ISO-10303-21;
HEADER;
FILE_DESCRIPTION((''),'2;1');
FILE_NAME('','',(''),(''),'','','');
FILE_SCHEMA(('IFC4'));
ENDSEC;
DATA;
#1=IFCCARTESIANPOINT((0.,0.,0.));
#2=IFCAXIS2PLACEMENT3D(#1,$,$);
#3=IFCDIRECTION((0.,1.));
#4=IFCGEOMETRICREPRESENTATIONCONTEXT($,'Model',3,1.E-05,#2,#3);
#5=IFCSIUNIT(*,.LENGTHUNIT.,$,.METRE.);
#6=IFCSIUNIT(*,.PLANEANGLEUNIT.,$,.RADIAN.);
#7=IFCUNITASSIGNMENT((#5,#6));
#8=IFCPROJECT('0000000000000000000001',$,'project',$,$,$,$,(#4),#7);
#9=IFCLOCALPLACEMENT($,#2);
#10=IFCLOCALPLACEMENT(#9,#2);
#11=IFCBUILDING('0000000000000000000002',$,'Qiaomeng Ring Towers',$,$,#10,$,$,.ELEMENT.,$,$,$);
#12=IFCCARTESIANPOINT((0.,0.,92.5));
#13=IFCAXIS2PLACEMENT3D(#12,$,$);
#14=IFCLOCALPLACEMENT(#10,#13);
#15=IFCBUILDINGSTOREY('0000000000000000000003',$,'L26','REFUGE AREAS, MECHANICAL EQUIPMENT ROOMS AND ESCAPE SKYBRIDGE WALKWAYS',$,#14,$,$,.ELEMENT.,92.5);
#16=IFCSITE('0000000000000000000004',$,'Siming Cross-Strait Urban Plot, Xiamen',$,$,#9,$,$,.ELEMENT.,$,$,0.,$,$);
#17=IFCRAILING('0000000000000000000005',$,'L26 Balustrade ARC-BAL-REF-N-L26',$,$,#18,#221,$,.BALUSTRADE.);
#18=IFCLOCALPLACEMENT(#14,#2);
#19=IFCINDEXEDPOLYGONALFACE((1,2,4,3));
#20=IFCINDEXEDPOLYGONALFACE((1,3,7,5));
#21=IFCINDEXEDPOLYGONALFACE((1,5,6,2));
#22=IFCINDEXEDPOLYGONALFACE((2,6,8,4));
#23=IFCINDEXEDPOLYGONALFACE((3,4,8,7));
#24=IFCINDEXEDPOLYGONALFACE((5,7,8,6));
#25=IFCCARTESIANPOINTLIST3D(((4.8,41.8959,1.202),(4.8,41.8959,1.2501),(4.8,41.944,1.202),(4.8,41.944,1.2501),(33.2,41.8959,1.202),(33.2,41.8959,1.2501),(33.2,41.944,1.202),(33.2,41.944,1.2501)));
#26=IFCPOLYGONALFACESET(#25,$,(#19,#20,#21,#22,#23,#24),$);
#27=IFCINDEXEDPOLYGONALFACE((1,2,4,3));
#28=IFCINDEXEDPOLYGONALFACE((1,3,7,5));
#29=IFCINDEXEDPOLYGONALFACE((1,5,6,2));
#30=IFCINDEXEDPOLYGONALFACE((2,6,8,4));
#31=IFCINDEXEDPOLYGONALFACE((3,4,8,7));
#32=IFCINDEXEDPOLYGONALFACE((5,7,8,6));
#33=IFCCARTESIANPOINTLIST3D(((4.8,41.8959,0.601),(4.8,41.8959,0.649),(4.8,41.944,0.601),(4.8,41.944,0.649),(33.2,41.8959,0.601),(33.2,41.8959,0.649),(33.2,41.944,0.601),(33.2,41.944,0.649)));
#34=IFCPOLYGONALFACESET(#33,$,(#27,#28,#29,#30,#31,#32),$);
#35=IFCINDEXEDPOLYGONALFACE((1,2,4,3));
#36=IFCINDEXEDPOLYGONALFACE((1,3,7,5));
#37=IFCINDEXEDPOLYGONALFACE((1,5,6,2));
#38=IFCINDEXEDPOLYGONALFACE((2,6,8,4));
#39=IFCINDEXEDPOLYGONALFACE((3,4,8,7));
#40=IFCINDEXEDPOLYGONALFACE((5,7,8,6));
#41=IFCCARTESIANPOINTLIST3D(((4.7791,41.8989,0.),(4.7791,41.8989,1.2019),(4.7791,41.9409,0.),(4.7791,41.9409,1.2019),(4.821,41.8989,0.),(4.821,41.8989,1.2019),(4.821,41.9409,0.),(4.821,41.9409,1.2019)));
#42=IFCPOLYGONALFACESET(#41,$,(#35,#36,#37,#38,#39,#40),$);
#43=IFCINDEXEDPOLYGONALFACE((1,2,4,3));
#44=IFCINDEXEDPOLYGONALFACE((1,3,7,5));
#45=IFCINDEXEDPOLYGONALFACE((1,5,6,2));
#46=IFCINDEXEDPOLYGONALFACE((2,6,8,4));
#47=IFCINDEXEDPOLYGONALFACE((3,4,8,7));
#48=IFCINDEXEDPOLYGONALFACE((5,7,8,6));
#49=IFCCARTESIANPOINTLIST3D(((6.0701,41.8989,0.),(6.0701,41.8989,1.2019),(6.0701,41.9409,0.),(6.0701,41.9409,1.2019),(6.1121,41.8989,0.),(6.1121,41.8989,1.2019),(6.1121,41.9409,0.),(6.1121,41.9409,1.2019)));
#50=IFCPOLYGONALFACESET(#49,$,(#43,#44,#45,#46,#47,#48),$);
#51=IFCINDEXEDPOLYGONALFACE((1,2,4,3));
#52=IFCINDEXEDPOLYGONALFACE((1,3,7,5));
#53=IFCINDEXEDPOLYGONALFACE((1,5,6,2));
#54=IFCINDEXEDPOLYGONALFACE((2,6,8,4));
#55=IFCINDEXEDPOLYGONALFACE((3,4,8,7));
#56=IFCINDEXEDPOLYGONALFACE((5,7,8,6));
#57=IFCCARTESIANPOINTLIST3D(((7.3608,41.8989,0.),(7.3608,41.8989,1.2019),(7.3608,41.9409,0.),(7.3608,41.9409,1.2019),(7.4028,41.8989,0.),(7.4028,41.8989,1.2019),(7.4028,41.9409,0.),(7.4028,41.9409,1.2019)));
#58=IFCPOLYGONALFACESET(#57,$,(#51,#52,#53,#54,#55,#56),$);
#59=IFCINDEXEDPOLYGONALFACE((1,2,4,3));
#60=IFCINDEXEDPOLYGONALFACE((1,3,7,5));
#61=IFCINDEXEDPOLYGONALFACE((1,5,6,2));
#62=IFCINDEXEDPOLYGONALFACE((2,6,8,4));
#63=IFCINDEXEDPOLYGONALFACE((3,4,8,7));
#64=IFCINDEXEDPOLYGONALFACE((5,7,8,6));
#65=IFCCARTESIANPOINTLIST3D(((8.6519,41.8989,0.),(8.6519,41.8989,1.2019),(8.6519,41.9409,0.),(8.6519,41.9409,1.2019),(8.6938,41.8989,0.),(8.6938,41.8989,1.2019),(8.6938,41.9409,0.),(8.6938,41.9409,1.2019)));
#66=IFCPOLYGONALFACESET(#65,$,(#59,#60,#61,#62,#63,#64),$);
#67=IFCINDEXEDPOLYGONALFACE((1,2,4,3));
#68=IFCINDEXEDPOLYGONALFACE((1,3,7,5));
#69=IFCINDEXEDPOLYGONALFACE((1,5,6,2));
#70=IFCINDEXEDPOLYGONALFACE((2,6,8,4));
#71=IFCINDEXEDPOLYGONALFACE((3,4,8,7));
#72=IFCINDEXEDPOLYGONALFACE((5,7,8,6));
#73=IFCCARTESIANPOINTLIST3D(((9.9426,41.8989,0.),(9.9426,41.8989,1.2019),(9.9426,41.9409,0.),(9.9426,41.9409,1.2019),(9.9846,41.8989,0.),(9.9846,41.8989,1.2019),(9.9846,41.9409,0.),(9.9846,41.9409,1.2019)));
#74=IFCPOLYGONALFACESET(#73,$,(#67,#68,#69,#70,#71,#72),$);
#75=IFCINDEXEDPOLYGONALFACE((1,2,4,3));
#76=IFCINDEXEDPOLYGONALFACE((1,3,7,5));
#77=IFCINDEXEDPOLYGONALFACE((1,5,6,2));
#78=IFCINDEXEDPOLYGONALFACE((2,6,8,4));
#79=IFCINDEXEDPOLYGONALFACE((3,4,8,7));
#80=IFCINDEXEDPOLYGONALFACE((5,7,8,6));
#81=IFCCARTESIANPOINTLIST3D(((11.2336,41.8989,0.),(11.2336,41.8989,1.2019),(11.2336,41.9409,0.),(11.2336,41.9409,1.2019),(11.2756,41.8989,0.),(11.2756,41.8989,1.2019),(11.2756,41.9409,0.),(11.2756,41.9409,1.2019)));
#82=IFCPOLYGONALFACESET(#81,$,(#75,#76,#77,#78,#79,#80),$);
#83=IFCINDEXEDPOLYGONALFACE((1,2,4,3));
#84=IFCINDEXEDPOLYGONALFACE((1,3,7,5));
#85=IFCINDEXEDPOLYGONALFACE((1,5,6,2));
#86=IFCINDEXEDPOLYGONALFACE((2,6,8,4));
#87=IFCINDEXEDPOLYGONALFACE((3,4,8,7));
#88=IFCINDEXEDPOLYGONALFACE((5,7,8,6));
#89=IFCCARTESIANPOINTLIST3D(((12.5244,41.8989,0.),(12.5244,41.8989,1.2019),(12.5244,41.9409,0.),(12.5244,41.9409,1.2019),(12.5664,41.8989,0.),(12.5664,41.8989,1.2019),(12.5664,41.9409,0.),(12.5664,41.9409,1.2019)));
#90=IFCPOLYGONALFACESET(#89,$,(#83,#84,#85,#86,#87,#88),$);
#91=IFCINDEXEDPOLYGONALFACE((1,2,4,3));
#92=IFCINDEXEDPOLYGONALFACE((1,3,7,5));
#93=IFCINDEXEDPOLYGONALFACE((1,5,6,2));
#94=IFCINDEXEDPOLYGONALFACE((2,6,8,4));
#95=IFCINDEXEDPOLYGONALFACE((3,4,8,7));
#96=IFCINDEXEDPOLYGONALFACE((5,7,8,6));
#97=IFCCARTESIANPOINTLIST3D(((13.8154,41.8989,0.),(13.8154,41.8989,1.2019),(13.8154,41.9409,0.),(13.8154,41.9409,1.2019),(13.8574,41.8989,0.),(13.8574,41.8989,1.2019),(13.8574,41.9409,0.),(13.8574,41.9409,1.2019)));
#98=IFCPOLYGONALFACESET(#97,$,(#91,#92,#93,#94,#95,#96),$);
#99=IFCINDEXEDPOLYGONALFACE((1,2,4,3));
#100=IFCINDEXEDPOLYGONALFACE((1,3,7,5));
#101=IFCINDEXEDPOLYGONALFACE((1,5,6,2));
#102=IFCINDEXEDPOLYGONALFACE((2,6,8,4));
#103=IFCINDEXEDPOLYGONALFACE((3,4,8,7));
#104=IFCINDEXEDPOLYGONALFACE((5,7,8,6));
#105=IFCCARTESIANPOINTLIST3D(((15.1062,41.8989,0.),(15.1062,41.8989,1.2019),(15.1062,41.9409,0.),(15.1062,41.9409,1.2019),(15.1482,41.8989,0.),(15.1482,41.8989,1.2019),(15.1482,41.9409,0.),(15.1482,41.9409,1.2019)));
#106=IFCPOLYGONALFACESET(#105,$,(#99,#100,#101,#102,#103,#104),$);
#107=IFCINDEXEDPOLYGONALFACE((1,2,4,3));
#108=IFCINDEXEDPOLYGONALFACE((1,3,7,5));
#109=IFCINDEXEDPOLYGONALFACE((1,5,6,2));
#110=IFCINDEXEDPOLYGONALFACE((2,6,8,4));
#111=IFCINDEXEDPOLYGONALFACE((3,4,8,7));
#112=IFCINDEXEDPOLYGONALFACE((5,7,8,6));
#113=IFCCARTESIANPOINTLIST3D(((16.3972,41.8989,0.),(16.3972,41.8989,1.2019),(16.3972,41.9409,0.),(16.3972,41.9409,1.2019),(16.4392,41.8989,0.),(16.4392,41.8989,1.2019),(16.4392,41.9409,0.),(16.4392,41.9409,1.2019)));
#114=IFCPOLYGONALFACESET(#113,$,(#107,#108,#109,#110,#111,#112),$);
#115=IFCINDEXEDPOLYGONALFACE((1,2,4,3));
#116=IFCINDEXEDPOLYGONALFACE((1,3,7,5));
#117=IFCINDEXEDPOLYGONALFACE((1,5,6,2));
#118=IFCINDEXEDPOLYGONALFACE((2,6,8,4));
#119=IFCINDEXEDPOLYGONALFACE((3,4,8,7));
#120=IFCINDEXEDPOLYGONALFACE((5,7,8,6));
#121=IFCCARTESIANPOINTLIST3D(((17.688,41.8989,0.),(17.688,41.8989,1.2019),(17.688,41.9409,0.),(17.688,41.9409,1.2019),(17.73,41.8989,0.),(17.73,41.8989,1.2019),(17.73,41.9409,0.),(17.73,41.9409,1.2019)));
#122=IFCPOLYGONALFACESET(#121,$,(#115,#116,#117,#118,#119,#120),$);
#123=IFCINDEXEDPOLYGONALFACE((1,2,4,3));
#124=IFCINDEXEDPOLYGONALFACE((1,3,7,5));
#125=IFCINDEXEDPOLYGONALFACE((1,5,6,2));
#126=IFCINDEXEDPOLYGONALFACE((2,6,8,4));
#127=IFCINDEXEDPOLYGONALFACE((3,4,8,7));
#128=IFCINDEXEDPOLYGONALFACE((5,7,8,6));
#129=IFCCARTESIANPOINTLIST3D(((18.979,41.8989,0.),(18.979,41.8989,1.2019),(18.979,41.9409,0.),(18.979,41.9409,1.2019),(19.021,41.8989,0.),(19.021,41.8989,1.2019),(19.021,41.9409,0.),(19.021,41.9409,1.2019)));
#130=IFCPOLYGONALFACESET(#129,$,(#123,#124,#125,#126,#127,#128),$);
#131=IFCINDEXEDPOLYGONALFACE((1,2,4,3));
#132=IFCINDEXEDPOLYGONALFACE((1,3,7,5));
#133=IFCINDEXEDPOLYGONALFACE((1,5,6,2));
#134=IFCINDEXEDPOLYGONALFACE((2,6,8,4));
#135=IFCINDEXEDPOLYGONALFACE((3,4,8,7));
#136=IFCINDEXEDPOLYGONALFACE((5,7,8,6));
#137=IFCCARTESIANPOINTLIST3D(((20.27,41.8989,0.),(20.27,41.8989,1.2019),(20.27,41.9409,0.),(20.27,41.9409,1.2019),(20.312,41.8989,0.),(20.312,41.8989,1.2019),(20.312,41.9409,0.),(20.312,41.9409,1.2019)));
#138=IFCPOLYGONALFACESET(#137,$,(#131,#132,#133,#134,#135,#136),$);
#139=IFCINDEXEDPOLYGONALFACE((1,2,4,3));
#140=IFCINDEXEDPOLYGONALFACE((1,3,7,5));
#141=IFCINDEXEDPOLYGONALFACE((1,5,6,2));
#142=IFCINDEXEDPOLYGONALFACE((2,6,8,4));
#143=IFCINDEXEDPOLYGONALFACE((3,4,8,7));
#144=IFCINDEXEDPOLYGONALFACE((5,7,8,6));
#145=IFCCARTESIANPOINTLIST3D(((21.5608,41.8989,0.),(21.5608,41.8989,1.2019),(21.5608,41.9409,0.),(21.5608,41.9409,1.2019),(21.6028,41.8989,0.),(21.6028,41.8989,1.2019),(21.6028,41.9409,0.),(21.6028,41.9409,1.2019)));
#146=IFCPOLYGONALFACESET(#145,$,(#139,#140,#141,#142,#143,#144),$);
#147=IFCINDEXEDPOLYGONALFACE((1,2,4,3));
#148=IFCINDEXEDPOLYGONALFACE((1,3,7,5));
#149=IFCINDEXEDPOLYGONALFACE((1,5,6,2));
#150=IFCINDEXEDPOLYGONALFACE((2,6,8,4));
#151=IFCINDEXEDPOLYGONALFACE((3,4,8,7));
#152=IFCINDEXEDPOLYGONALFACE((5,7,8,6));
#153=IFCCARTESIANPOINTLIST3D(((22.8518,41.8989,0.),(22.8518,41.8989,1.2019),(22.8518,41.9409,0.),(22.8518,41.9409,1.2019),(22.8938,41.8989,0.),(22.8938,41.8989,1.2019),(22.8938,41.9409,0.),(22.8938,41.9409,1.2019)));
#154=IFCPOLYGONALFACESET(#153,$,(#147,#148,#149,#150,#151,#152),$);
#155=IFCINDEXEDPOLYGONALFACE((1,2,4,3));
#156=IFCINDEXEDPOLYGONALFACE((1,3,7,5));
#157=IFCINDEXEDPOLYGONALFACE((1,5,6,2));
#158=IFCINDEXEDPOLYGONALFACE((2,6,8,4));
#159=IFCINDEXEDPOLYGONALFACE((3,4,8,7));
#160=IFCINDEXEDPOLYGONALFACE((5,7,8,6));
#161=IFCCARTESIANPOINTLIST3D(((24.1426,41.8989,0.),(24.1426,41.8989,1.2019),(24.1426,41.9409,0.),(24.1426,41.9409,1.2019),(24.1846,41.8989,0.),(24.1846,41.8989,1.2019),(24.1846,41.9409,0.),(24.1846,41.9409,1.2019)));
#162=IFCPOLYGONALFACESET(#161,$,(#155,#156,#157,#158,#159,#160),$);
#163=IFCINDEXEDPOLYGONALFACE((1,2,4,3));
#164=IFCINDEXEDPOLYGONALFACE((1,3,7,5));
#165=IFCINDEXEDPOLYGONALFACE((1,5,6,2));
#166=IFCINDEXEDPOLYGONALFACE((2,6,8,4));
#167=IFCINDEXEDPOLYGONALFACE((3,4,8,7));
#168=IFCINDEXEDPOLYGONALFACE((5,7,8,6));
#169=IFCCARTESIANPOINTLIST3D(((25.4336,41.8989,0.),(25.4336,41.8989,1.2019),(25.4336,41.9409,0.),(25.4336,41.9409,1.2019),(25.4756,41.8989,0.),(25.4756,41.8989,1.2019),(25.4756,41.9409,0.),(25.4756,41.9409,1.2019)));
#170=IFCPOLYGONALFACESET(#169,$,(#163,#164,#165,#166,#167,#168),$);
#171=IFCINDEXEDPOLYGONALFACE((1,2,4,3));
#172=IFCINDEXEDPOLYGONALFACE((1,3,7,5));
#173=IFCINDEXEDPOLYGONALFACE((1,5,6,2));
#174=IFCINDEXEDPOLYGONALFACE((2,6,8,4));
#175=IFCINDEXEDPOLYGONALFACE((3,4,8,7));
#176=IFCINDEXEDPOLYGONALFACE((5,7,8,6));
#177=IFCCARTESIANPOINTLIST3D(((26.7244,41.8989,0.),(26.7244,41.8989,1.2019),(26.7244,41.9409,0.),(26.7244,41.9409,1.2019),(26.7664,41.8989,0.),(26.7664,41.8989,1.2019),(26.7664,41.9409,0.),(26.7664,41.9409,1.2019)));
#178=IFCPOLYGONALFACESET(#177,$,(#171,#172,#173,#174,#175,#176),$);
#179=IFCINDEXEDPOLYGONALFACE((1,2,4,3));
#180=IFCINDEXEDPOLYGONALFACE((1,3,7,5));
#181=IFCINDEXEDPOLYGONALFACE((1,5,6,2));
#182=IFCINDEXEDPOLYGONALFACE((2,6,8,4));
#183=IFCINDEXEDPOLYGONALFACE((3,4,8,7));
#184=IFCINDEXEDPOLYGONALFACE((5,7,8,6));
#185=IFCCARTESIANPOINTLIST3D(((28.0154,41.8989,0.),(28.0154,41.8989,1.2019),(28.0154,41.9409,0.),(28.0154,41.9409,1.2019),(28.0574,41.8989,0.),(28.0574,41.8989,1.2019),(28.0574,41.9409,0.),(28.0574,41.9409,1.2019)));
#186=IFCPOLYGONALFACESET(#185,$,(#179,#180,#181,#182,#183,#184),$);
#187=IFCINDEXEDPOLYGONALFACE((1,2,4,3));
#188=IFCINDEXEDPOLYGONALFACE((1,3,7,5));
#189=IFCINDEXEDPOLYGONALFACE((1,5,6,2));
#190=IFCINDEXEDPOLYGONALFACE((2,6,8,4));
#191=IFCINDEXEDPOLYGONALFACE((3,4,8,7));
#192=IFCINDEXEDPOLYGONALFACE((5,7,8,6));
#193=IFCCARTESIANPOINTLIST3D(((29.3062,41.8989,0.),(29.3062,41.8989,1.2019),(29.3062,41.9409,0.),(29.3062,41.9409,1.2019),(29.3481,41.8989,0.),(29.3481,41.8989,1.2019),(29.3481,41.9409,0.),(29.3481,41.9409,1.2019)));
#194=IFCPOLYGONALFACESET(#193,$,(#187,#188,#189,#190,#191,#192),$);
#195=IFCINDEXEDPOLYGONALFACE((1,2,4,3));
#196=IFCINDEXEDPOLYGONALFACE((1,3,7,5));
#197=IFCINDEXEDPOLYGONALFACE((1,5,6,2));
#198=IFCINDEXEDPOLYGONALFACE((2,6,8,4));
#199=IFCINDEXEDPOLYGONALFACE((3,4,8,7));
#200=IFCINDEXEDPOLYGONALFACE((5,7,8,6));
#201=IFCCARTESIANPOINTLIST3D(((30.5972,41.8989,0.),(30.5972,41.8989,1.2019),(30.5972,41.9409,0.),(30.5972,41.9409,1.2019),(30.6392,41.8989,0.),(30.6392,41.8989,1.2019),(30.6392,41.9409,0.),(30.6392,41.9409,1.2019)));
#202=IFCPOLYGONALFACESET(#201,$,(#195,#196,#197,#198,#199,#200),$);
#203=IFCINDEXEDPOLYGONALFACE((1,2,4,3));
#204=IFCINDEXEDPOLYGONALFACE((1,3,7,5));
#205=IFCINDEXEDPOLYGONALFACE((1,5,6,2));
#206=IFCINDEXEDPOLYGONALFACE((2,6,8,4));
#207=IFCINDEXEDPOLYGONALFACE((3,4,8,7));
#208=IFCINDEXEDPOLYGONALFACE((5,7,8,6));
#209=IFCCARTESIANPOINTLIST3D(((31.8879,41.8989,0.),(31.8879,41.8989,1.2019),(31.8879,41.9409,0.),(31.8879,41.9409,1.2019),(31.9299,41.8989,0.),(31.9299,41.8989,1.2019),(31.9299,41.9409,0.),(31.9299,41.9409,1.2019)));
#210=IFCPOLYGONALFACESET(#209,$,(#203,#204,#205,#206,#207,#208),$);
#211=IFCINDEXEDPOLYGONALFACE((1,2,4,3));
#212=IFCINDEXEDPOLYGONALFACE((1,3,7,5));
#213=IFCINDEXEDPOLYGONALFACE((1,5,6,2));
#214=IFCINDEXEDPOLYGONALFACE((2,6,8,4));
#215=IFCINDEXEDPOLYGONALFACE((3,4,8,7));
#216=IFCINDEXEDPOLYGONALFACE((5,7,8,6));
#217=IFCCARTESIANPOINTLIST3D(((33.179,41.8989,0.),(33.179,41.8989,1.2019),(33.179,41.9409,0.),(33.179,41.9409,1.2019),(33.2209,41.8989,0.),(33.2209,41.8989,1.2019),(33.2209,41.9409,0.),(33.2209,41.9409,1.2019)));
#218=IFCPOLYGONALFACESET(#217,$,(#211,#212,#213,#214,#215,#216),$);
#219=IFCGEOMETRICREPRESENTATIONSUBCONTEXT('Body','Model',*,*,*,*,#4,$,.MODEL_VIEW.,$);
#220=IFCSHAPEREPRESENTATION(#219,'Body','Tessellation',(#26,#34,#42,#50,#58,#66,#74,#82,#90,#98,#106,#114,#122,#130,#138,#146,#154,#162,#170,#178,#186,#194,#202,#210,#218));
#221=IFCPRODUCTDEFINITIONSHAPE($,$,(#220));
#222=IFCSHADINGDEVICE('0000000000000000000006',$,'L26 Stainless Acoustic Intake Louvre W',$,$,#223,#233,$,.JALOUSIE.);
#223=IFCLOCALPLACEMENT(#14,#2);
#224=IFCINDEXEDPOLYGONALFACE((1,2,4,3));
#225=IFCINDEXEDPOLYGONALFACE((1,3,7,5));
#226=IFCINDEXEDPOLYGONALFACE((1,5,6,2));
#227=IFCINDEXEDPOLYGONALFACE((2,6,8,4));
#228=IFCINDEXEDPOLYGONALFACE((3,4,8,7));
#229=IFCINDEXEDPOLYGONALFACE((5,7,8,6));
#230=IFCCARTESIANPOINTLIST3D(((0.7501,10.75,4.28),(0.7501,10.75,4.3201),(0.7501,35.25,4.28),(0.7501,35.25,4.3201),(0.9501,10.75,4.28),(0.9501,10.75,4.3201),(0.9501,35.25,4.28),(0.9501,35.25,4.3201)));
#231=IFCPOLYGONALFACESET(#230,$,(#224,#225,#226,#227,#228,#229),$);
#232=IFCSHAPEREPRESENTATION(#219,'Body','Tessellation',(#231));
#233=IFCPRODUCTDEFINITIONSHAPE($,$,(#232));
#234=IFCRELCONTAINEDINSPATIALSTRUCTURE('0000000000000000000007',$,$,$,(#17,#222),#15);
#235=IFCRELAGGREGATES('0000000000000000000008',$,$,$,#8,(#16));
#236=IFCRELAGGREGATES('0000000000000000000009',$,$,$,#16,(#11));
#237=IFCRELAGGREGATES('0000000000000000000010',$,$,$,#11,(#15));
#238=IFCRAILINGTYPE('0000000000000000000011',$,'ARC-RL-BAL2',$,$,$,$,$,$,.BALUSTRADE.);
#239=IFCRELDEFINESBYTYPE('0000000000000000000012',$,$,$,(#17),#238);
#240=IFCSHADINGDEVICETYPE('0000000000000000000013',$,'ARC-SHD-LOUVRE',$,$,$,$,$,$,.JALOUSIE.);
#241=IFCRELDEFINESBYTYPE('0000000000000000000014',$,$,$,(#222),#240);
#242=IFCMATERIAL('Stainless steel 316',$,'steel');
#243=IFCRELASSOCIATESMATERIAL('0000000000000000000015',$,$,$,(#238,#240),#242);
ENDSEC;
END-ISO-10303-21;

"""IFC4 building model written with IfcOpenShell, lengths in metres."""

from ifc_helpers import new_model, si_unit, direction, frame, origin, origin_2d, place, context, subcontext, project, spatial, rectangle, extrude, source, transform, mapped, material, material_profile, profile_set, type_object, element, save


model = new_model("IFC4")

# Units and contexts
model_context = context("Model", 3, precision=1e-05, world=origin(), true_north=direction((0.0, 1.0)))
body_context = subcontext(model_context, "Body", "Model", "MODEL_VIEW")
ifc_project = project(units=[si_unit("LENGTHUNIT", "METRE"), si_unit("PLANEANGLEUNIT", "RADIAN")], contexts=[model_context])

# Site, building, storey
site_placement = place(None, origin())
site = spatial("IfcSite", under=ifc_project, at=site_placement, Name="Siming Cross-Strait Urban Plot, Xiamen", CompositionType="ELEMENT", RefElevation=0.0)
building_placement = place(site_placement, origin())
building = spatial("IfcBuilding", under=site, at=building_placement, Name="Qiaomeng Ring Towers", CompositionType="ELEMENT")
storey_placement = place(building_placement, frame((0.0, 0.0, 92.5)))
storey = spatial("IfcBuildingStorey", under=building, at=storey_placement, Name="L26", Description="REFUGE AREAS, MECHANICAL EQUIPMENT ROOMS AND ESCAPE SKYBRIDGE WALKWAYS", CompositionType="ELEMENT", Elevation=92.5)

# Railing
ifc_material_1 = material(Name="Stainless steel 316", Category="steel")
railing_type = type_object("IfcRailingType", Name="ARC-RL-BAL2", PredefinedType="BALUSTRADE", material=ifc_material_1)
railing_1_placement = place(storey_placement, frame((4.8, 41.9199, 0.0)))
element("IfcRailing", 1, at=railing_1_placement, inside=storey, type_object=railing_type, Name="L26 Balustrade ARC-BAL-REF-N-L26", PredefinedType="BALUSTRADE", context=body_context, shape_type="SweptSolid", body=[
    extrude(rectangle(XDim=0.0481, YDim=0.0481, at=origin_2d()), frame((0.0, 0.0, 1.2261), z_axis=(1.0, 0.0, 0.0), x_axis=(0.0, 1.0, 0.0)), (0.0, 0.0, 1.0), 28.3999),
    extrude(rectangle(XDim=0.0481, YDim=0.0481, at=origin_2d()), frame((0.0, 0.0, 0.625), z_axis=(1.0, 0.0, 0.0), x_axis=(0.0, 1.0, 0.0)), (0.0, 0.0, 1.0), 28.3999),
    extrude(rectangle(XDim=0.042, YDim=0.042, at=origin_2d()), origin(), (0.0, 0.0, 1.0), 1.2019),
    extrude(rectangle(XDim=0.042, YDim=0.042, at=origin_2d()), frame((1.291, 0.0, 0.0)), (0.0, 0.0, 1.0), 1.2019),
    extrude(rectangle(XDim=0.042, YDim=0.042, at=origin_2d()), frame((2.5818, 0.0, 0.0)), (0.0, 0.0, 1.0), 1.2019),
    extrude(rectangle(XDim=0.042, YDim=0.042, at=origin_2d()), frame((3.8728, 0.0, 0.0)), (0.0, 0.0, 1.0), 1.2019),
    extrude(rectangle(XDim=0.042, YDim=0.042, at=origin_2d()), frame((5.1636, 0.0, 0.0)), (0.0, 0.0, 1.0), 1.2019),
    extrude(rectangle(XDim=0.042, YDim=0.042, at=origin_2d()), frame((6.4546, 0.0, 0.0)), (0.0, 0.0, 1.0), 1.2019),
    extrude(rectangle(XDim=0.042, YDim=0.042, at=origin_2d()), frame((7.7454, 0.0, 0.0)), (0.0, 0.0, 1.0), 1.2019),
    extrude(rectangle(XDim=0.042, YDim=0.042, at=origin_2d()), frame((9.0364, 0.0, 0.0)), (0.0, 0.0, 1.0), 1.2019),
    extrude(rectangle(XDim=0.042, YDim=0.042, at=origin_2d()), frame((10.3271, 0.0, 0.0)), (0.0, 0.0, 1.0), 1.2019),
    extrude(rectangle(XDim=0.042, YDim=0.042, at=origin_2d()), frame((11.6182, 0.0, 0.0)), (0.0, 0.0, 1.0), 1.2019),
    extrude(rectangle(XDim=0.042, YDim=0.042, at=origin_2d()), frame((12.9089, 0.0, 0.0)), (0.0, 0.0, 1.0), 1.2019),
    extrude(rectangle(XDim=0.042, YDim=0.042, at=origin_2d()), frame((14.2, 0.0, 0.0)), (0.0, 0.0, 1.0), 1.2019),
    extrude(rectangle(XDim=0.042, YDim=0.042, at=origin_2d()), frame((15.491, 0.0, 0.0)), (0.0, 0.0, 1.0), 1.2019),
    extrude(rectangle(XDim=0.042, YDim=0.042, at=origin_2d()), frame((16.7817, 0.0, 0.0)), (0.0, 0.0, 1.0), 1.2019),
    extrude(rectangle(XDim=0.042, YDim=0.042, at=origin_2d()), frame((18.0728, 0.0, 0.0)), (0.0, 0.0, 1.0), 1.2019),
    extrude(rectangle(XDim=0.042, YDim=0.042, at=origin_2d()), frame((19.3635, 0.0, 0.0)), (0.0, 0.0, 1.0), 1.2019),
    extrude(rectangle(XDim=0.042, YDim=0.042, at=origin_2d()), frame((20.6545, 0.0, 0.0)), (0.0, 0.0, 1.0), 1.2019),
    extrude(rectangle(XDim=0.042, YDim=0.042, at=origin_2d()), frame((21.9453, 0.0, 0.0)), (0.0, 0.0, 1.0), 1.2019),
    extrude(rectangle(XDim=0.042, YDim=0.042, at=origin_2d()), frame((23.2363, 0.0, 0.0)), (0.0, 0.0, 1.0), 1.2019),
    extrude(rectangle(XDim=0.042, YDim=0.042, at=origin_2d()), frame((24.5271, 0.0, 0.0)), (0.0, 0.0, 1.0), 1.2019),
    extrude(rectangle(XDim=0.042, YDim=0.042, at=origin_2d()), frame((25.8181, 0.0, 0.0)), (0.0, 0.0, 1.0), 1.2019),
    extrude(rectangle(XDim=0.042, YDim=0.042, at=origin_2d()), frame((27.1089, 0.0, 0.0)), (0.0, 0.0, 1.0), 1.2019),
    extrude(rectangle(XDim=0.042, YDim=0.042, at=origin_2d()), frame((28.3999, 0.0, 0.0)), (0.0, 0.0, 1.0), 1.2019),
])

# Shading device
ifc_material_profile_1 = material_profile(ifc_material_1, rectangle(XDim=0.2, YDim=0.04, at=origin_2d()), Name="LV BLADE 200x40")
ifc_profile_set_1 = profile_set([ifc_material_profile_1], Name="Stainless steel 316")
shading_device_type = type_object("IfcShadingDeviceType", Name="ARC-SHD-LOUVRE", PredefinedType="JALOUSIE", material=ifc_profile_set_1)
shared_shape_1 = source(origin(), body_context, "Body", "SweptSolid", [
    extrude(rectangle(XDim=0.2, YDim=0.04, at=origin_2d()), origin(), (0.0, 0.0, 1.0), 24.5),
])
shading_device_placement = place(storey_placement, frame((0.8501, 35.25, 4.3), z_axis=(0.0, -1.0, 0.0), x_axis=(1.0, 0.0, 0.0)))
element("IfcShadingDevice", 2, at=shading_device_placement, inside=storey, type_object=shading_device_type, Name="L26 Stainless Acoustic Intake Louvre W", PredefinedType="JALOUSIE", context=body_context, shape_type="MappedRepresentation", body=[
    mapped(shared_shape_1, transform((0.0, 0.0, 0.0), x_axis=(1.0, 0.0, 0.0), y_axis=(0.0, 1.0, 0.0), z_axis=(0.0, 0.0, 1.0), scale=1.0)),
])

save(model, "model.ifc")
